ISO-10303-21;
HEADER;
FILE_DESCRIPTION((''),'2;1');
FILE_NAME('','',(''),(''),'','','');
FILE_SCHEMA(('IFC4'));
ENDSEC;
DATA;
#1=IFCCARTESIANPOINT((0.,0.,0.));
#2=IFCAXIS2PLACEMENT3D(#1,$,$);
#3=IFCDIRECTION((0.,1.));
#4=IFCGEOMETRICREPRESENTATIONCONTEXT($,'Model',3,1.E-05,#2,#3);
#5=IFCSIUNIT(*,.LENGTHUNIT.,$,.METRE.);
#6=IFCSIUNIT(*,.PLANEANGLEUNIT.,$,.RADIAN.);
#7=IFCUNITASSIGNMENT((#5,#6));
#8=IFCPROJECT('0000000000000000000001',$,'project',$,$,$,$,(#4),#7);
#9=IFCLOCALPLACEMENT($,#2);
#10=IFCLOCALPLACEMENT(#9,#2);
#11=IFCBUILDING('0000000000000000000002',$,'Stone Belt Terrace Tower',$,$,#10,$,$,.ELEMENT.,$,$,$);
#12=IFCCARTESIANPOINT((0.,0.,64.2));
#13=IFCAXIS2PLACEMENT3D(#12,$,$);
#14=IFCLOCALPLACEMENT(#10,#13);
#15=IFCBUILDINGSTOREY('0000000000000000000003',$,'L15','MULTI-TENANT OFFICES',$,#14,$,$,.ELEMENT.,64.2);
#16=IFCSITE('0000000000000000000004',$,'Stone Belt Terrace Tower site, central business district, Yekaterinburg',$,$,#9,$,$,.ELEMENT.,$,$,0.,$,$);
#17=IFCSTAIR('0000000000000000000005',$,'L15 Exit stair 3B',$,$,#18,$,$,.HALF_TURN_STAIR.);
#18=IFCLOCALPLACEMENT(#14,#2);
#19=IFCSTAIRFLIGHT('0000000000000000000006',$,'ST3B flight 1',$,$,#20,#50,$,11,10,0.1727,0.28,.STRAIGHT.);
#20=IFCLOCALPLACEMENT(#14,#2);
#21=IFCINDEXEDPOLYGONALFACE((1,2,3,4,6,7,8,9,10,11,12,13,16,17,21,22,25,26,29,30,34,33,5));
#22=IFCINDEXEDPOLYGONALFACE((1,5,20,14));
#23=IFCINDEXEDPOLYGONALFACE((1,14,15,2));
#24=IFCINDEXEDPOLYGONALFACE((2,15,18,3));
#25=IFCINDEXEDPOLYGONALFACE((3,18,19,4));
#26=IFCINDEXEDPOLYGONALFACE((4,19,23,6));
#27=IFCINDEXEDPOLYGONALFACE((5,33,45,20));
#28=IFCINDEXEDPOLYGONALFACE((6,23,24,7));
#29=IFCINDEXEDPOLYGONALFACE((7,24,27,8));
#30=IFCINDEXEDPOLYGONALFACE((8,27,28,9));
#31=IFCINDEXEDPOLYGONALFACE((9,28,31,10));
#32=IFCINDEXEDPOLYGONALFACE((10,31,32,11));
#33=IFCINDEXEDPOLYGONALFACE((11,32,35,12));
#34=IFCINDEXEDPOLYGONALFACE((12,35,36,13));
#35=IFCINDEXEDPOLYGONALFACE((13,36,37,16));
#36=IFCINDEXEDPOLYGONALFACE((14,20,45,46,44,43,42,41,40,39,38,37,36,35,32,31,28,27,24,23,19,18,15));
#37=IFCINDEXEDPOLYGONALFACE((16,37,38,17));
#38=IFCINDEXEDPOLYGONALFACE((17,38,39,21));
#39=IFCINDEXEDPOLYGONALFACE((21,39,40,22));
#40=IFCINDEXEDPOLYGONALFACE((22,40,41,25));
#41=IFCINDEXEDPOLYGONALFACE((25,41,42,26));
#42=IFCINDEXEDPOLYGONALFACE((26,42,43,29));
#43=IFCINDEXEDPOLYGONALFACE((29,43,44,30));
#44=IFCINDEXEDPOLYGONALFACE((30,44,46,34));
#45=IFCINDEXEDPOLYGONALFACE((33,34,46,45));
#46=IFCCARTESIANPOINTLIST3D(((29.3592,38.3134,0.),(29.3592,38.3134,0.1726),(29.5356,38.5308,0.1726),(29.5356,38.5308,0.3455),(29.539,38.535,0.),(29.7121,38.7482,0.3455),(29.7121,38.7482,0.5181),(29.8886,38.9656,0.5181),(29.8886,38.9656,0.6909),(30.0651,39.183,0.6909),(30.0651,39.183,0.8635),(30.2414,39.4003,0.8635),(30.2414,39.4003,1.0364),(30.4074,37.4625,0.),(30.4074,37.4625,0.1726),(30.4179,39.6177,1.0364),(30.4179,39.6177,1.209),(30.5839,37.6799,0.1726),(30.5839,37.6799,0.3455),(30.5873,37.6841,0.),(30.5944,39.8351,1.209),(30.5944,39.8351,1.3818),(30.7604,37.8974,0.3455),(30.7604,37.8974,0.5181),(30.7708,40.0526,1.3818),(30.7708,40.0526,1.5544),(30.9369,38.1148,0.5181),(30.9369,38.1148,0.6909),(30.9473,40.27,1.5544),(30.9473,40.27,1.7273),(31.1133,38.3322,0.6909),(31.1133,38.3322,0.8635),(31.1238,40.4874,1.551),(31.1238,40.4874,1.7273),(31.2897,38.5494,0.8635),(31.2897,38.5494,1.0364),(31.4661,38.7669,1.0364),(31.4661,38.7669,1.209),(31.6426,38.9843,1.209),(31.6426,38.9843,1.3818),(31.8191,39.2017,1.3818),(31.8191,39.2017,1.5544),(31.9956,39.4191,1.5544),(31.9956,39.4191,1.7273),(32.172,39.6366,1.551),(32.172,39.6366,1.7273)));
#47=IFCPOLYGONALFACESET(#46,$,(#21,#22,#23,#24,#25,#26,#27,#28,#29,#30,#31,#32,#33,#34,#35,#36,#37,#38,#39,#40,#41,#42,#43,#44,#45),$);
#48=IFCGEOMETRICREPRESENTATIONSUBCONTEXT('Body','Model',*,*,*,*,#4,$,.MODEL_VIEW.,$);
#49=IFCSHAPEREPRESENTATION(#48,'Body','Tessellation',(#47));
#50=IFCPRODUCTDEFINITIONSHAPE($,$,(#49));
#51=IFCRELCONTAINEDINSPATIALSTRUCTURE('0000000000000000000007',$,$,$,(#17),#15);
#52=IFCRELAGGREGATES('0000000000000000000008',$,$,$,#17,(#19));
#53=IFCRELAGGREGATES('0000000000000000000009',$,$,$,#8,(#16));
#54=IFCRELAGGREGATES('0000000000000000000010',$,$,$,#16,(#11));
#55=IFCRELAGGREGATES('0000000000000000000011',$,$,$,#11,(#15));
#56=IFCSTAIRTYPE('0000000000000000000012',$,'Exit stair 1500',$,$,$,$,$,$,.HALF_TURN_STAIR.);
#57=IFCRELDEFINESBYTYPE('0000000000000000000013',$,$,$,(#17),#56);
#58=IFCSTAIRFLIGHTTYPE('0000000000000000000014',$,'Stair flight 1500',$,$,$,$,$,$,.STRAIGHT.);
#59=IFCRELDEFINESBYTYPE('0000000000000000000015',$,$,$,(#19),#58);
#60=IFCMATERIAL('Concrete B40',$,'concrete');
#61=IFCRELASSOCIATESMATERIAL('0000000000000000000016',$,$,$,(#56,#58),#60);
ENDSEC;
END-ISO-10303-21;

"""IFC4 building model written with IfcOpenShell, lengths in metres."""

from ifc_helpers import new_model, si_unit, direction, frame, origin, place, context, subcontext, project, spatial, polyline, outline, extrude, material, type_object, element, aggregate, save


model = new_model("IFC4")

# Units and contexts
model_context = context("Model", 3, precision=1e-05, world=origin(), true_north=direction((0.0, 1.0)))
body_context = subcontext(model_context, "Body", "Model", "MODEL_VIEW")
ifc_project = project(units=[si_unit("LENGTHUNIT", "METRE"), si_unit("PLANEANGLEUNIT", "RADIAN")], contexts=[model_context])

# Site, building, storey
site_placement = place(None, origin())
site = spatial("IfcSite", under=ifc_project, at=site_placement, Name="Stone Belt Terrace Tower site, central business district, Yekaterinburg", CompositionType="ELEMENT", RefElevation=0.0)
building_placement = place(site_placement, origin())
building = spatial("IfcBuilding", under=site, at=building_placement, Name="Stone Belt Terrace Tower", CompositionType="ELEMENT")
storey_placement = place(building_placement, frame((0.0, 0.0, 64.2)))
storey = spatial("IfcBuildingStorey", under=building, at=storey_placement, Name="L15", Description="MULTI-TENANT OFFICES", CompositionType="ELEMENT", Elevation=64.2)

# Shared definitions
ifc_material_1 = material(Name="Concrete B40", Category="concrete")

# Stair
stair_type = type_object("IfcStairType", Name="Exit stair 1500", PredefinedType="HALF_TURN_STAIR", material=ifc_material_1)
stair_1_placement = place(storey_placement, origin())
stair_1 = element("IfcStair", 1, at=stair_1_placement, inside=storey, type_object=stair_type, Name="L15 Exit stair 3B", PredefinedType="HALF_TURN_STAIR")

# Stair flight
stair_flight_type = type_object("IfcStairFlightType", Name="Stair flight 1500", PredefinedType="STRAIGHT", material=ifc_material_1)
stair_flight_placement = place(storey_placement, frame((29.8833, 37.8879, 0.0), z_axis=(0.0, 0.0, 1.0), x_axis=(0.630206, 0.776428, 0.0)))
stair_flight = element("IfcStairFlight", 2, at=stair_flight_placement, type_object=stair_flight_type, Name="ST3B flight 1", NumberOfRisers=11, NumberOfTreads=10, PredefinedType="STRAIGHT", RiserHeight=0.1727, TreadLength=0.28, context=body_context, shape_type="SweptSolid", body=[
    extrude(outline(polyline([(0.0, 0.0), (0.0, 0.1726), (0.28, 0.1726), (0.28, 0.3455), (0.5601, 0.3455), (0.5601, 0.5181), (0.8401, 0.5181), (0.8401, 0.6909), (1.1201, 0.6909), (1.1201, 0.8635), (1.3999, 0.8635), (1.3999, 1.0364), (1.6799, 1.0364), (1.6799, 1.209), (1.96, 1.209), (1.96, 1.3818), (2.24, 1.3818), (2.24, 1.5544), (2.52, 1.5544), (2.52, 1.7273), (2.8, 1.7273), (2.8, 1.8999), (2.8, 1.551), (0.2854, 0.0), (0.0, 0.0)])), frame((0.0, 0.675, 0.0), z_axis=(0.0, -1.0, 0.0), x_axis=(1.0, 0.0, 0.0)), (0.0, 0.0, 1.0), 1.3501),
])
aggregate(stair_1, [stair_flight])

save(model, "model.ifc")
